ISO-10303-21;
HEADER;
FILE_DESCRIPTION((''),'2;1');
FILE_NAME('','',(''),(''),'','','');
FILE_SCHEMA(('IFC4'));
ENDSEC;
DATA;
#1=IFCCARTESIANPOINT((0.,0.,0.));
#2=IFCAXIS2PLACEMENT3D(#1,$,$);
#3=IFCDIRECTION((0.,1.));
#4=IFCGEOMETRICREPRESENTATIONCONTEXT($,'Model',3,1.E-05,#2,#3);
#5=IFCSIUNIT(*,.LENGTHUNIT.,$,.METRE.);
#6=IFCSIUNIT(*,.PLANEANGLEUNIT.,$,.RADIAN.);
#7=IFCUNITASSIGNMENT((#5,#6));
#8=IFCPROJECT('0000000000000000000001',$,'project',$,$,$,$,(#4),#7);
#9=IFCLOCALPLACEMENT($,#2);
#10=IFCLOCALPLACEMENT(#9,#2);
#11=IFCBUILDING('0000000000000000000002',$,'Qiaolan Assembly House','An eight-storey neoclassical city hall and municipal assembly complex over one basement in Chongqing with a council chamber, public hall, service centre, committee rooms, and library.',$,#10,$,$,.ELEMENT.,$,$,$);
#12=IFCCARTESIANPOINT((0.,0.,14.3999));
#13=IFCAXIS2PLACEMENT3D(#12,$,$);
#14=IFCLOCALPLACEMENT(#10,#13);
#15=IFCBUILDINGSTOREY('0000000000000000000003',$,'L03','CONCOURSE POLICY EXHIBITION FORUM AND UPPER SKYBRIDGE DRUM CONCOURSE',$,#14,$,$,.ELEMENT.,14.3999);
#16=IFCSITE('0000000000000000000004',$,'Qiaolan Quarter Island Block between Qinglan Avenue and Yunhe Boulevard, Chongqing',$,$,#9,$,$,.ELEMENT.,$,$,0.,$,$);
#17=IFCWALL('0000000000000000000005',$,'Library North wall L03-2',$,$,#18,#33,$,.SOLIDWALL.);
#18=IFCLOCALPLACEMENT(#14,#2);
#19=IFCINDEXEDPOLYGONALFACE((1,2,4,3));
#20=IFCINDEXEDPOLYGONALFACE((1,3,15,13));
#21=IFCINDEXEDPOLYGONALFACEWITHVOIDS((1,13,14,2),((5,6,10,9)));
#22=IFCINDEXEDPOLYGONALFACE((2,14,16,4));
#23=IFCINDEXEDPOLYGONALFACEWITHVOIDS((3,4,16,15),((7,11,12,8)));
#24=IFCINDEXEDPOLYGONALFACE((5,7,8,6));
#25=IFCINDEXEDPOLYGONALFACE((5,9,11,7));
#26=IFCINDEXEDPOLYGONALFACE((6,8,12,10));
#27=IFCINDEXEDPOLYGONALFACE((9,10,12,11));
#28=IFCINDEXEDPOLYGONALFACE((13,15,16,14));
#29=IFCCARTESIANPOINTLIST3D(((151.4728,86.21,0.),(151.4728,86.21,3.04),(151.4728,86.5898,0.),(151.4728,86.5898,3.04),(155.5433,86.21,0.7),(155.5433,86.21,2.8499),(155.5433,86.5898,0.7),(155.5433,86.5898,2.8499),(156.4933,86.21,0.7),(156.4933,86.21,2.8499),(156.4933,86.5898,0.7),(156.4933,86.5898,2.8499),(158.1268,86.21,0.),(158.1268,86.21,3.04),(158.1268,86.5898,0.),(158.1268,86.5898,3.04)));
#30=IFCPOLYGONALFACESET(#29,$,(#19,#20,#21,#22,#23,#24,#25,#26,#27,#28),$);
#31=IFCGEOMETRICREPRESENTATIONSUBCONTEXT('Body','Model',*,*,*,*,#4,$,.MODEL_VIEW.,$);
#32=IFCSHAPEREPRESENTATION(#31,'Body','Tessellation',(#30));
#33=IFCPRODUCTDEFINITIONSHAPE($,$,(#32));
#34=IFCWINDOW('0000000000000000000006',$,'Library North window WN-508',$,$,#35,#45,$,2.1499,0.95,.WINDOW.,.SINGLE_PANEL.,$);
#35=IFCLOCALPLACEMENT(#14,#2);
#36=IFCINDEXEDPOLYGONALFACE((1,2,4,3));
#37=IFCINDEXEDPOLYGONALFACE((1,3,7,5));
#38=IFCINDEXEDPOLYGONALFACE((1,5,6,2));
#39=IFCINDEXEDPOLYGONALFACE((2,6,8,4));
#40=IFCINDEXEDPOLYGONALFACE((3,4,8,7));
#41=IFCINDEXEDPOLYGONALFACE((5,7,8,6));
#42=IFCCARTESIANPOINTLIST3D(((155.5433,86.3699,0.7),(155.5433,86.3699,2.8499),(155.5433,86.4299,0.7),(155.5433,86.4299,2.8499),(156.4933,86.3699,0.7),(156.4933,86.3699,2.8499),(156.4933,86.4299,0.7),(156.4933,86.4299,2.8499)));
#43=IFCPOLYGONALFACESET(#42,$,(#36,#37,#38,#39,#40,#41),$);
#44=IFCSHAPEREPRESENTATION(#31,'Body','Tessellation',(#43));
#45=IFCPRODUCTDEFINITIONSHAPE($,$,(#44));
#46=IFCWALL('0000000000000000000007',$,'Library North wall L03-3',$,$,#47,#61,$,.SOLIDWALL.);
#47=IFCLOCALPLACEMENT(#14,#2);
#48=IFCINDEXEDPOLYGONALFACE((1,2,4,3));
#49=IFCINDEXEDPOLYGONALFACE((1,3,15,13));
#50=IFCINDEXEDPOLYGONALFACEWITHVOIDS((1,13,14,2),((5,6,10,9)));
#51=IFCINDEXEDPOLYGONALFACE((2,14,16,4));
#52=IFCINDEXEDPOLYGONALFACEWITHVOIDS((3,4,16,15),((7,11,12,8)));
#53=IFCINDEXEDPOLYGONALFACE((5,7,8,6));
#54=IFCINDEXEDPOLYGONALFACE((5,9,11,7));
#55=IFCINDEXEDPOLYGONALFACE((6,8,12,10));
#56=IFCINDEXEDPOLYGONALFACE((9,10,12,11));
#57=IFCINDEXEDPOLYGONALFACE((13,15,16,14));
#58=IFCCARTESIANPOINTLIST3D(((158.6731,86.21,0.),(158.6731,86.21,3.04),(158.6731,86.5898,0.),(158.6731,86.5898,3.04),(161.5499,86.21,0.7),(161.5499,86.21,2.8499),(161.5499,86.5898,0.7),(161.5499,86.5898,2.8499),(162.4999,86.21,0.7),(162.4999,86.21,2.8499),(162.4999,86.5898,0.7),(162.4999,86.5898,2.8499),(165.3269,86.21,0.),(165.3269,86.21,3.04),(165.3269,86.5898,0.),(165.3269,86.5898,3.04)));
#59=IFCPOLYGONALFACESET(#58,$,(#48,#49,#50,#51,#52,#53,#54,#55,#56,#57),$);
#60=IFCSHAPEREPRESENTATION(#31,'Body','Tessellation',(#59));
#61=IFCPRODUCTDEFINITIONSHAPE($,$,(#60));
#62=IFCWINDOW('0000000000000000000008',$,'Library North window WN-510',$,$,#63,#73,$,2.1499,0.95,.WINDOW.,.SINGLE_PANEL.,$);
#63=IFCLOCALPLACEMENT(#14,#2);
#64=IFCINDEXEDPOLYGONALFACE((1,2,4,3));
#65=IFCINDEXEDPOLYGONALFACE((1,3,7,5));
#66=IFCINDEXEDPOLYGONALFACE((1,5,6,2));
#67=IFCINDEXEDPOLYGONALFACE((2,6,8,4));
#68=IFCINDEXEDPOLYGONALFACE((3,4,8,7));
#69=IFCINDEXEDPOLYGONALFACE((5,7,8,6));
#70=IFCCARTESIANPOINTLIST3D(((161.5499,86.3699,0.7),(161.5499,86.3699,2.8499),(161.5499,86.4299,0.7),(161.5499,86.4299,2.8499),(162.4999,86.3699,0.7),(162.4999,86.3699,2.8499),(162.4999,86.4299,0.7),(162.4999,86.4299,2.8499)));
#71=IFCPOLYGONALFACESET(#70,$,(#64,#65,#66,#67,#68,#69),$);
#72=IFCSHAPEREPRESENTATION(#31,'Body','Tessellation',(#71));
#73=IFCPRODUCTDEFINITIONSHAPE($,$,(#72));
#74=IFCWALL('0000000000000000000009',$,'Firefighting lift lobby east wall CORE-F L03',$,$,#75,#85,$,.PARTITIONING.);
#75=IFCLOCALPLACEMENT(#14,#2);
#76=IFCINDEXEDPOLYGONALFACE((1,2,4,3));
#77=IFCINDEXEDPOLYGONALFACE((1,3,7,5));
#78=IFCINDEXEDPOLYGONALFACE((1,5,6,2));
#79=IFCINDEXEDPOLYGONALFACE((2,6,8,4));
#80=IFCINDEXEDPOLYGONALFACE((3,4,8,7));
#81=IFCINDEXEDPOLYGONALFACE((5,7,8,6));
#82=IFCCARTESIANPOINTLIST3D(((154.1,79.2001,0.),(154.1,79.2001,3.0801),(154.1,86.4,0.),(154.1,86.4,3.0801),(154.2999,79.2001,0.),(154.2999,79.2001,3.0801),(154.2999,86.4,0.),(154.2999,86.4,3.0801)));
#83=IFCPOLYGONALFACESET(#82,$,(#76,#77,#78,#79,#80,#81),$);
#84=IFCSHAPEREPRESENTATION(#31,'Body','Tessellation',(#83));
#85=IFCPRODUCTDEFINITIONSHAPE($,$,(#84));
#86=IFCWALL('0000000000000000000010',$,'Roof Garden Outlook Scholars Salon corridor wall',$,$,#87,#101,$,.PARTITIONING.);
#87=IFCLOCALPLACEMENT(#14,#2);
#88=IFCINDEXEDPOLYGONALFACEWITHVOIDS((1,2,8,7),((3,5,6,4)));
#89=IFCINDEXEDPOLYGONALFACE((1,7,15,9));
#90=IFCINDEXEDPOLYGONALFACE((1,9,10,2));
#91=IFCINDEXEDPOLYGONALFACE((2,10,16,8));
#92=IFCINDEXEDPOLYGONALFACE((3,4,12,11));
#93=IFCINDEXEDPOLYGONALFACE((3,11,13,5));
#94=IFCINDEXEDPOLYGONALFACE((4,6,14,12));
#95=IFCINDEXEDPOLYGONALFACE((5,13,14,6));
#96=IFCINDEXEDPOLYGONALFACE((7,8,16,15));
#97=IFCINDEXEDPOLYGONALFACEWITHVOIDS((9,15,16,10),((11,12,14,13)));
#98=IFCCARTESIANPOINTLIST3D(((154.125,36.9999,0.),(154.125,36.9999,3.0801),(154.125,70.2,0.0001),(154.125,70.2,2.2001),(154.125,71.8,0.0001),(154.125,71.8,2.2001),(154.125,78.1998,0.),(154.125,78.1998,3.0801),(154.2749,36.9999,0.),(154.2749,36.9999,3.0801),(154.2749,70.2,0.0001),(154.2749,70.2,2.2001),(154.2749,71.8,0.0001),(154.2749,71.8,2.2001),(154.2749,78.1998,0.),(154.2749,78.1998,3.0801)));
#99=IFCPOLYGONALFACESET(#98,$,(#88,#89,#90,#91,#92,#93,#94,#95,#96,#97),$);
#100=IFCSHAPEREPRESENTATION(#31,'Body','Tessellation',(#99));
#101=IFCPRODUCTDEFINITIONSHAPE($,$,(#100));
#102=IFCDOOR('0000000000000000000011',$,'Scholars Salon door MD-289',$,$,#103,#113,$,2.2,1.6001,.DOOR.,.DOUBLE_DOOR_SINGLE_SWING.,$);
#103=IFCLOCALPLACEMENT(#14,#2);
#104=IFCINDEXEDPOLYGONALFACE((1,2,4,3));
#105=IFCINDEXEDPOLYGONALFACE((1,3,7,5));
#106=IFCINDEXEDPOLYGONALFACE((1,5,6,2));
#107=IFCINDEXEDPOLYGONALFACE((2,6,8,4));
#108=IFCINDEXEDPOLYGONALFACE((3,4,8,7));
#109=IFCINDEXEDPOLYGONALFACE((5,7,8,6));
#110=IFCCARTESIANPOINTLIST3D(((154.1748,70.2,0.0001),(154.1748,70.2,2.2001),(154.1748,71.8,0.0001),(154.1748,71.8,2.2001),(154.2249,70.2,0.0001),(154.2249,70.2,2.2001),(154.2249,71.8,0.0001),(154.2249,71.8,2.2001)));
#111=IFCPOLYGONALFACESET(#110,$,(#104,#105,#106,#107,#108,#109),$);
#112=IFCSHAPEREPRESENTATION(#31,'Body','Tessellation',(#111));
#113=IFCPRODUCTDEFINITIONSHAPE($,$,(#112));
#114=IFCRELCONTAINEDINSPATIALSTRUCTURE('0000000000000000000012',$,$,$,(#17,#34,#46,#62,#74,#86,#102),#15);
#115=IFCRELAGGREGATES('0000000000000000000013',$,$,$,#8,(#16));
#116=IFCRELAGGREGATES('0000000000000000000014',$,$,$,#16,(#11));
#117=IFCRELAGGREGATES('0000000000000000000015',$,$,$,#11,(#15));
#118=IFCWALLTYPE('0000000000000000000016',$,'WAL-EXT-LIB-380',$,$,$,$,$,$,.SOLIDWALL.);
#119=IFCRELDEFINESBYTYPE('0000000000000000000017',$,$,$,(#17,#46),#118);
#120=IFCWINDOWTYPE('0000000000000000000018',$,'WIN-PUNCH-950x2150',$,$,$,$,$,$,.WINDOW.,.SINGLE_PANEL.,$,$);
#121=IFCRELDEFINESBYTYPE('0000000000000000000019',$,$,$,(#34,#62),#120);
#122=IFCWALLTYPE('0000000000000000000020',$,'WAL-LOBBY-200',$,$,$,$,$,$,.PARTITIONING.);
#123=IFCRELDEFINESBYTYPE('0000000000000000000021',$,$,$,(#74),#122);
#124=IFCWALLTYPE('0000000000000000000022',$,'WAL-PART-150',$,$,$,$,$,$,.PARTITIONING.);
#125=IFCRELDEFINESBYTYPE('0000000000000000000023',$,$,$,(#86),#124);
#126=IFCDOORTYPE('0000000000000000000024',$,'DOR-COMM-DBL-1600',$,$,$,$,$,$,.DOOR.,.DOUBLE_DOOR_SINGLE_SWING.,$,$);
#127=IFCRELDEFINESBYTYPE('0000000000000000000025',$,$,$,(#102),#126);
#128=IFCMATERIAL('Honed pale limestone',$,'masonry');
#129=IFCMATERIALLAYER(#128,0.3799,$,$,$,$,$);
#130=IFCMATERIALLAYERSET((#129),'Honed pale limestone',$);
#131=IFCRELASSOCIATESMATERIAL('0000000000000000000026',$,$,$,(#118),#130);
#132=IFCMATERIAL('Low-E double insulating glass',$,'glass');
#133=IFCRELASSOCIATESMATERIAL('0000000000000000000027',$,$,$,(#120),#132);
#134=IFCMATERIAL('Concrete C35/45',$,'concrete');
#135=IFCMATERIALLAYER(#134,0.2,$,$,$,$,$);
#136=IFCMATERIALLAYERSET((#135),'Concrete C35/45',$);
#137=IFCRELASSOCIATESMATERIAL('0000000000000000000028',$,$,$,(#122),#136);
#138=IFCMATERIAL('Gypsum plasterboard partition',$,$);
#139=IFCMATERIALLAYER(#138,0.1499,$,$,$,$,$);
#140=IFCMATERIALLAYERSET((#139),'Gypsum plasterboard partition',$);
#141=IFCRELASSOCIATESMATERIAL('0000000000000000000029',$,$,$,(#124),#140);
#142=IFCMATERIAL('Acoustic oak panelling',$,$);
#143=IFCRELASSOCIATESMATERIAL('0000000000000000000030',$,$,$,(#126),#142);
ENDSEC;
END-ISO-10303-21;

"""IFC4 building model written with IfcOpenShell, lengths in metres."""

from ifc_helpers import new_model, si_unit, direction, frame, frame_2d, origin, place, context, subcontext, project, spatial, rectangle, extrude, material, layer, layer_set, type_object, element, fill, save


model = new_model("IFC4")

# Units and contexts
model_context = context("Model", 3, precision=1e-05, world=origin(), true_north=direction((0.0, 1.0)))
body_context = subcontext(model_context, "Body", "Model", "MODEL_VIEW")
ifc_project = project(units=[si_unit("LENGTHUNIT", "METRE"), si_unit("PLANEANGLEUNIT", "RADIAN")], contexts=[model_context])

# Site, building, storey
site_placement = place(None, origin())
site = spatial("IfcSite", under=ifc_project, at=site_placement, Name="Qiaolan Quarter Island Block between Qinglan Avenue and Yunhe Boulevard, Chongqing", CompositionType="ELEMENT", RefElevation=0.0)
building_placement = place(site_placement, origin())
building = spatial("IfcBuilding", under=site, at=building_placement, Name="Qiaolan Assembly House", Description="An eight-storey neoclassical city hall and municipal assembly complex over one basement in Chongqing with a council chamber, public hall, service centre, committee rooms, and library.", CompositionType="ELEMENT")
storey_placement = place(building_placement, frame((0.0, 0.0, 14.3999)))
storey = spatial("IfcBuildingStorey", under=building, at=storey_placement, Name="L03", Description="CONCOURSE POLICY EXHIBITION FORUM AND UPPER SKYBRIDGE DRUM CONCOURSE", CompositionType="ELEMENT", Elevation=14.3999)

# Walls, openings, windows
ifc_material_1 = material(Name="Honed pale limestone", Category="masonry")
ifc_layer_1 = layer(ifc_material_1, 0.3799)
ifc_layer_set_1 = layer_set([ifc_layer_1], Name="Honed pale limestone")
wall_type_1 = type_object("IfcWallType", Name="WAL-EXT-LIB-380", PredefinedType="SOLIDWALL", material=ifc_layer_set_1)
wall_1_placement = place(storey_placement, frame((158.127, 86.3999, 0.0), z_axis=(0.0, 0.0, 1.0), x_axis=(-1.0, 0.0, 0.0)))
wall_1 = element("IfcWall", 1, at=wall_1_placement, inside=storey, type_object=wall_type_1, Name="Library North wall L03-2", PredefinedType="SOLIDWALL", context=body_context, shape_type="SweptSolid", body=[
    extrude(rectangle(XDim=6.6541, YDim=0.3799, at=frame_2d((3.3271, 0.0))), origin(), (0.0, 0.0, 1.0), 3.04),
])
opening_1_placement = place(wall_1_placement, frame((1.6335, 0.0, 0.7)))
opening_1 = element("IfcOpeningElement", 2, at=opening_1_placement, cuts=wall_1, PredefinedType="OPENING", context=body_context, shape_type="SweptSolid", body=[
    extrude(rectangle(XDim=0.95, YDim=2.1499, at=frame_2d((0.4751, 1.075))), frame((0.0, 0.2, 0.0), z_axis=(0.0, -1.0, 0.0), x_axis=(1.0, 0.0, 0.0)), (0.0, 0.0, 1.0), 0.3999),
])
ifc_material_2 = material(Name="Low-E double insulating glass", Category="glass")
window_type = type_object("IfcWindowType", Name="WIN-PUNCH-950x2150", PartitioningType="SINGLE_PANEL", PredefinedType="WINDOW", material=ifc_material_2)
window_1_placement = place(opening_1_placement, origin())
window_1 = element("IfcWindow", 3, at=window_1_placement, inside=storey, type_object=window_type, Name="Library North window WN-508", OverallHeight=2.1499, OverallWidth=0.95, PartitioningType="SINGLE_PANEL", PredefinedType="WINDOW", context=body_context, shape_type="SweptSolid", body=[
    extrude(rectangle(XDim=0.95, YDim=2.1499, at=frame_2d((0.4751, 1.075))), frame((0.0, 0.03, 0.0), z_axis=(0.0, -1.0, 0.0), x_axis=(1.0, 0.0, 0.0)), (0.0, 0.0, 1.0), 0.0601),
])
fill(opening_1, window_1)
wall_2_placement = place(storey_placement, frame((165.3269, 86.3999, 0.0), z_axis=(0.0, 0.0, 1.0), x_axis=(-1.0, 0.0, 0.0)))
wall_2 = element("IfcWall", 4, at=wall_2_placement, inside=storey, type_object=wall_type_1, Name="Library North wall L03-3", PredefinedType="SOLIDWALL", context=body_context, shape_type="SweptSolid", body=[
    extrude(rectangle(XDim=6.6538, YDim=0.3799, at=frame_2d((3.3269, 0.0))), origin(), (0.0, 0.0, 1.0), 3.04),
])
opening_2_placement = place(wall_2_placement, frame((2.8269, 0.0, 0.7)))
opening_2 = element("IfcOpeningElement", 5, at=opening_2_placement, cuts=wall_2, PredefinedType="OPENING", context=body_context, shape_type="SweptSolid", body=[
    extrude(rectangle(XDim=0.95, YDim=2.1499, at=frame_2d((0.4751, 1.075))), frame((0.0, 0.2, 0.0), z_axis=(0.0, -1.0, 0.0), x_axis=(1.0, 0.0, 0.0)), (0.0, 0.0, 1.0), 0.3999),
])
window_2_placement = place(opening_2_placement, origin())
window_2 = element("IfcWindow", 6, at=window_2_placement, inside=storey, type_object=window_type, Name="Library North window WN-510", OverallHeight=2.1499, OverallWidth=0.95, PartitioningType="SINGLE_PANEL", PredefinedType="WINDOW", context=body_context, shape_type="SweptSolid", body=[
    extrude(rectangle(XDim=0.95, YDim=2.1499, at=frame_2d((0.4751, 1.075))), frame((0.0, 0.03, 0.0), z_axis=(0.0, -1.0, 0.0), x_axis=(1.0, 0.0, 0.0)), (0.0, 0.0, 1.0), 0.0601),
])
fill(opening_2, window_2)

# Wall
ifc_material_3 = material(Name="Concrete C35/45", Category="concrete")
ifc_layer_2 = layer(ifc_material_3, 0.2)
ifc_layer_set_2 = layer_set([ifc_layer_2], Name="Concrete C35/45")
wall_type_2 = type_object("IfcWallType", Name="WAL-LOBBY-200", PredefinedType="PARTITIONING", material=ifc_layer_set_2)
wall_3_placement = place(storey_placement, frame((154.2, 79.2, 0.0), z_axis=(0.0, 0.0, 1.0), x_axis=(0.0, 1.0, 0.0)))
element("IfcWall", 7, at=wall_3_placement, inside=storey, type_object=wall_type_2, Name="Firefighting lift lobby east wall CORE-F L03", PredefinedType="PARTITIONING", context=body_context, shape_type="SweptSolid", body=[
    extrude(rectangle(XDim=7.2, YDim=0.2, at=frame_2d((3.6001, 0.0))), origin(), (0.0, 0.0, 1.0), 3.0801),
])

# Wall, opening, door
ifc_material_4 = material(Name="Gypsum plasterboard partition")
ifc_layer_3 = layer(ifc_material_4, 0.1499)
ifc_layer_set_3 = layer_set([ifc_layer_3], Name="Gypsum plasterboard partition")
wall_type_3 = type_object("IfcWallType", Name="WAL-PART-150", PredefinedType="PARTITIONING", material=ifc_layer_set_3)
wall_4_placement = place(storey_placement, frame((154.2, 78.2, 0.0), z_axis=(0.0, 0.0, 1.0), x_axis=(0.0, -1.0, 0.0)))
wall_4 = element("IfcWall", 8, at=wall_4_placement, inside=storey, type_object=wall_type_3, Name="Roof Garden Outlook Scholars Salon corridor wall", PredefinedType="PARTITIONING", context=body_context, shape_type="SweptSolid", body=[
    extrude(rectangle(XDim=41.2, YDim=0.1499, at=frame_2d((20.6001, 0.0))), origin(), (0.0, 0.0, 1.0), 3.0801),
])
opening_3_placement = place(wall_4_placement, frame((6.3999, 0.0, 0.0)))
opening_3 = element("IfcOpeningElement", 9, at=opening_3_placement, cuts=wall_4, PredefinedType="OPENING", context=body_context, shape_type="SweptSolid", body=[
    extrude(rectangle(XDim=1.6001, YDim=2.2, at=frame_2d((0.8, 1.1001))), frame((0.0, 0.085, 0.0), z_axis=(0.0, -1.0, 0.0), x_axis=(1.0, 0.0, 0.0)), (0.0, 0.0, 1.0), 0.1699),
])
ifc_material_5 = material(Name="Acoustic oak panelling")
door_type = type_object("IfcDoorType", Name="DOR-COMM-DBL-1600", OperationType="DOUBLE_DOOR_SINGLE_SWING", PredefinedType="DOOR", material=ifc_material_5)
door_placement = place(opening_3_placement, origin())
door = element("IfcDoor", 10, at=door_placement, inside=storey, type_object=door_type, Name="Scholars Salon door MD-289", OperationType="DOUBLE_DOOR_SINGLE_SWING", OverallHeight=2.2, OverallWidth=1.6001, PredefinedType="DOOR", context=body_context, shape_type="SweptSolid", body=[
    extrude(rectangle(XDim=1.6001, YDim=2.2, at=frame_2d((0.8, 1.1001))), frame((0.0, 0.0249, 0.0), z_axis=(0.0, -1.0, 0.0), x_axis=(1.0, 0.0, 0.0)), (0.0, 0.0, 1.0), 0.05),
])
fill(opening_3, door)

save(model, "model.ifc")
